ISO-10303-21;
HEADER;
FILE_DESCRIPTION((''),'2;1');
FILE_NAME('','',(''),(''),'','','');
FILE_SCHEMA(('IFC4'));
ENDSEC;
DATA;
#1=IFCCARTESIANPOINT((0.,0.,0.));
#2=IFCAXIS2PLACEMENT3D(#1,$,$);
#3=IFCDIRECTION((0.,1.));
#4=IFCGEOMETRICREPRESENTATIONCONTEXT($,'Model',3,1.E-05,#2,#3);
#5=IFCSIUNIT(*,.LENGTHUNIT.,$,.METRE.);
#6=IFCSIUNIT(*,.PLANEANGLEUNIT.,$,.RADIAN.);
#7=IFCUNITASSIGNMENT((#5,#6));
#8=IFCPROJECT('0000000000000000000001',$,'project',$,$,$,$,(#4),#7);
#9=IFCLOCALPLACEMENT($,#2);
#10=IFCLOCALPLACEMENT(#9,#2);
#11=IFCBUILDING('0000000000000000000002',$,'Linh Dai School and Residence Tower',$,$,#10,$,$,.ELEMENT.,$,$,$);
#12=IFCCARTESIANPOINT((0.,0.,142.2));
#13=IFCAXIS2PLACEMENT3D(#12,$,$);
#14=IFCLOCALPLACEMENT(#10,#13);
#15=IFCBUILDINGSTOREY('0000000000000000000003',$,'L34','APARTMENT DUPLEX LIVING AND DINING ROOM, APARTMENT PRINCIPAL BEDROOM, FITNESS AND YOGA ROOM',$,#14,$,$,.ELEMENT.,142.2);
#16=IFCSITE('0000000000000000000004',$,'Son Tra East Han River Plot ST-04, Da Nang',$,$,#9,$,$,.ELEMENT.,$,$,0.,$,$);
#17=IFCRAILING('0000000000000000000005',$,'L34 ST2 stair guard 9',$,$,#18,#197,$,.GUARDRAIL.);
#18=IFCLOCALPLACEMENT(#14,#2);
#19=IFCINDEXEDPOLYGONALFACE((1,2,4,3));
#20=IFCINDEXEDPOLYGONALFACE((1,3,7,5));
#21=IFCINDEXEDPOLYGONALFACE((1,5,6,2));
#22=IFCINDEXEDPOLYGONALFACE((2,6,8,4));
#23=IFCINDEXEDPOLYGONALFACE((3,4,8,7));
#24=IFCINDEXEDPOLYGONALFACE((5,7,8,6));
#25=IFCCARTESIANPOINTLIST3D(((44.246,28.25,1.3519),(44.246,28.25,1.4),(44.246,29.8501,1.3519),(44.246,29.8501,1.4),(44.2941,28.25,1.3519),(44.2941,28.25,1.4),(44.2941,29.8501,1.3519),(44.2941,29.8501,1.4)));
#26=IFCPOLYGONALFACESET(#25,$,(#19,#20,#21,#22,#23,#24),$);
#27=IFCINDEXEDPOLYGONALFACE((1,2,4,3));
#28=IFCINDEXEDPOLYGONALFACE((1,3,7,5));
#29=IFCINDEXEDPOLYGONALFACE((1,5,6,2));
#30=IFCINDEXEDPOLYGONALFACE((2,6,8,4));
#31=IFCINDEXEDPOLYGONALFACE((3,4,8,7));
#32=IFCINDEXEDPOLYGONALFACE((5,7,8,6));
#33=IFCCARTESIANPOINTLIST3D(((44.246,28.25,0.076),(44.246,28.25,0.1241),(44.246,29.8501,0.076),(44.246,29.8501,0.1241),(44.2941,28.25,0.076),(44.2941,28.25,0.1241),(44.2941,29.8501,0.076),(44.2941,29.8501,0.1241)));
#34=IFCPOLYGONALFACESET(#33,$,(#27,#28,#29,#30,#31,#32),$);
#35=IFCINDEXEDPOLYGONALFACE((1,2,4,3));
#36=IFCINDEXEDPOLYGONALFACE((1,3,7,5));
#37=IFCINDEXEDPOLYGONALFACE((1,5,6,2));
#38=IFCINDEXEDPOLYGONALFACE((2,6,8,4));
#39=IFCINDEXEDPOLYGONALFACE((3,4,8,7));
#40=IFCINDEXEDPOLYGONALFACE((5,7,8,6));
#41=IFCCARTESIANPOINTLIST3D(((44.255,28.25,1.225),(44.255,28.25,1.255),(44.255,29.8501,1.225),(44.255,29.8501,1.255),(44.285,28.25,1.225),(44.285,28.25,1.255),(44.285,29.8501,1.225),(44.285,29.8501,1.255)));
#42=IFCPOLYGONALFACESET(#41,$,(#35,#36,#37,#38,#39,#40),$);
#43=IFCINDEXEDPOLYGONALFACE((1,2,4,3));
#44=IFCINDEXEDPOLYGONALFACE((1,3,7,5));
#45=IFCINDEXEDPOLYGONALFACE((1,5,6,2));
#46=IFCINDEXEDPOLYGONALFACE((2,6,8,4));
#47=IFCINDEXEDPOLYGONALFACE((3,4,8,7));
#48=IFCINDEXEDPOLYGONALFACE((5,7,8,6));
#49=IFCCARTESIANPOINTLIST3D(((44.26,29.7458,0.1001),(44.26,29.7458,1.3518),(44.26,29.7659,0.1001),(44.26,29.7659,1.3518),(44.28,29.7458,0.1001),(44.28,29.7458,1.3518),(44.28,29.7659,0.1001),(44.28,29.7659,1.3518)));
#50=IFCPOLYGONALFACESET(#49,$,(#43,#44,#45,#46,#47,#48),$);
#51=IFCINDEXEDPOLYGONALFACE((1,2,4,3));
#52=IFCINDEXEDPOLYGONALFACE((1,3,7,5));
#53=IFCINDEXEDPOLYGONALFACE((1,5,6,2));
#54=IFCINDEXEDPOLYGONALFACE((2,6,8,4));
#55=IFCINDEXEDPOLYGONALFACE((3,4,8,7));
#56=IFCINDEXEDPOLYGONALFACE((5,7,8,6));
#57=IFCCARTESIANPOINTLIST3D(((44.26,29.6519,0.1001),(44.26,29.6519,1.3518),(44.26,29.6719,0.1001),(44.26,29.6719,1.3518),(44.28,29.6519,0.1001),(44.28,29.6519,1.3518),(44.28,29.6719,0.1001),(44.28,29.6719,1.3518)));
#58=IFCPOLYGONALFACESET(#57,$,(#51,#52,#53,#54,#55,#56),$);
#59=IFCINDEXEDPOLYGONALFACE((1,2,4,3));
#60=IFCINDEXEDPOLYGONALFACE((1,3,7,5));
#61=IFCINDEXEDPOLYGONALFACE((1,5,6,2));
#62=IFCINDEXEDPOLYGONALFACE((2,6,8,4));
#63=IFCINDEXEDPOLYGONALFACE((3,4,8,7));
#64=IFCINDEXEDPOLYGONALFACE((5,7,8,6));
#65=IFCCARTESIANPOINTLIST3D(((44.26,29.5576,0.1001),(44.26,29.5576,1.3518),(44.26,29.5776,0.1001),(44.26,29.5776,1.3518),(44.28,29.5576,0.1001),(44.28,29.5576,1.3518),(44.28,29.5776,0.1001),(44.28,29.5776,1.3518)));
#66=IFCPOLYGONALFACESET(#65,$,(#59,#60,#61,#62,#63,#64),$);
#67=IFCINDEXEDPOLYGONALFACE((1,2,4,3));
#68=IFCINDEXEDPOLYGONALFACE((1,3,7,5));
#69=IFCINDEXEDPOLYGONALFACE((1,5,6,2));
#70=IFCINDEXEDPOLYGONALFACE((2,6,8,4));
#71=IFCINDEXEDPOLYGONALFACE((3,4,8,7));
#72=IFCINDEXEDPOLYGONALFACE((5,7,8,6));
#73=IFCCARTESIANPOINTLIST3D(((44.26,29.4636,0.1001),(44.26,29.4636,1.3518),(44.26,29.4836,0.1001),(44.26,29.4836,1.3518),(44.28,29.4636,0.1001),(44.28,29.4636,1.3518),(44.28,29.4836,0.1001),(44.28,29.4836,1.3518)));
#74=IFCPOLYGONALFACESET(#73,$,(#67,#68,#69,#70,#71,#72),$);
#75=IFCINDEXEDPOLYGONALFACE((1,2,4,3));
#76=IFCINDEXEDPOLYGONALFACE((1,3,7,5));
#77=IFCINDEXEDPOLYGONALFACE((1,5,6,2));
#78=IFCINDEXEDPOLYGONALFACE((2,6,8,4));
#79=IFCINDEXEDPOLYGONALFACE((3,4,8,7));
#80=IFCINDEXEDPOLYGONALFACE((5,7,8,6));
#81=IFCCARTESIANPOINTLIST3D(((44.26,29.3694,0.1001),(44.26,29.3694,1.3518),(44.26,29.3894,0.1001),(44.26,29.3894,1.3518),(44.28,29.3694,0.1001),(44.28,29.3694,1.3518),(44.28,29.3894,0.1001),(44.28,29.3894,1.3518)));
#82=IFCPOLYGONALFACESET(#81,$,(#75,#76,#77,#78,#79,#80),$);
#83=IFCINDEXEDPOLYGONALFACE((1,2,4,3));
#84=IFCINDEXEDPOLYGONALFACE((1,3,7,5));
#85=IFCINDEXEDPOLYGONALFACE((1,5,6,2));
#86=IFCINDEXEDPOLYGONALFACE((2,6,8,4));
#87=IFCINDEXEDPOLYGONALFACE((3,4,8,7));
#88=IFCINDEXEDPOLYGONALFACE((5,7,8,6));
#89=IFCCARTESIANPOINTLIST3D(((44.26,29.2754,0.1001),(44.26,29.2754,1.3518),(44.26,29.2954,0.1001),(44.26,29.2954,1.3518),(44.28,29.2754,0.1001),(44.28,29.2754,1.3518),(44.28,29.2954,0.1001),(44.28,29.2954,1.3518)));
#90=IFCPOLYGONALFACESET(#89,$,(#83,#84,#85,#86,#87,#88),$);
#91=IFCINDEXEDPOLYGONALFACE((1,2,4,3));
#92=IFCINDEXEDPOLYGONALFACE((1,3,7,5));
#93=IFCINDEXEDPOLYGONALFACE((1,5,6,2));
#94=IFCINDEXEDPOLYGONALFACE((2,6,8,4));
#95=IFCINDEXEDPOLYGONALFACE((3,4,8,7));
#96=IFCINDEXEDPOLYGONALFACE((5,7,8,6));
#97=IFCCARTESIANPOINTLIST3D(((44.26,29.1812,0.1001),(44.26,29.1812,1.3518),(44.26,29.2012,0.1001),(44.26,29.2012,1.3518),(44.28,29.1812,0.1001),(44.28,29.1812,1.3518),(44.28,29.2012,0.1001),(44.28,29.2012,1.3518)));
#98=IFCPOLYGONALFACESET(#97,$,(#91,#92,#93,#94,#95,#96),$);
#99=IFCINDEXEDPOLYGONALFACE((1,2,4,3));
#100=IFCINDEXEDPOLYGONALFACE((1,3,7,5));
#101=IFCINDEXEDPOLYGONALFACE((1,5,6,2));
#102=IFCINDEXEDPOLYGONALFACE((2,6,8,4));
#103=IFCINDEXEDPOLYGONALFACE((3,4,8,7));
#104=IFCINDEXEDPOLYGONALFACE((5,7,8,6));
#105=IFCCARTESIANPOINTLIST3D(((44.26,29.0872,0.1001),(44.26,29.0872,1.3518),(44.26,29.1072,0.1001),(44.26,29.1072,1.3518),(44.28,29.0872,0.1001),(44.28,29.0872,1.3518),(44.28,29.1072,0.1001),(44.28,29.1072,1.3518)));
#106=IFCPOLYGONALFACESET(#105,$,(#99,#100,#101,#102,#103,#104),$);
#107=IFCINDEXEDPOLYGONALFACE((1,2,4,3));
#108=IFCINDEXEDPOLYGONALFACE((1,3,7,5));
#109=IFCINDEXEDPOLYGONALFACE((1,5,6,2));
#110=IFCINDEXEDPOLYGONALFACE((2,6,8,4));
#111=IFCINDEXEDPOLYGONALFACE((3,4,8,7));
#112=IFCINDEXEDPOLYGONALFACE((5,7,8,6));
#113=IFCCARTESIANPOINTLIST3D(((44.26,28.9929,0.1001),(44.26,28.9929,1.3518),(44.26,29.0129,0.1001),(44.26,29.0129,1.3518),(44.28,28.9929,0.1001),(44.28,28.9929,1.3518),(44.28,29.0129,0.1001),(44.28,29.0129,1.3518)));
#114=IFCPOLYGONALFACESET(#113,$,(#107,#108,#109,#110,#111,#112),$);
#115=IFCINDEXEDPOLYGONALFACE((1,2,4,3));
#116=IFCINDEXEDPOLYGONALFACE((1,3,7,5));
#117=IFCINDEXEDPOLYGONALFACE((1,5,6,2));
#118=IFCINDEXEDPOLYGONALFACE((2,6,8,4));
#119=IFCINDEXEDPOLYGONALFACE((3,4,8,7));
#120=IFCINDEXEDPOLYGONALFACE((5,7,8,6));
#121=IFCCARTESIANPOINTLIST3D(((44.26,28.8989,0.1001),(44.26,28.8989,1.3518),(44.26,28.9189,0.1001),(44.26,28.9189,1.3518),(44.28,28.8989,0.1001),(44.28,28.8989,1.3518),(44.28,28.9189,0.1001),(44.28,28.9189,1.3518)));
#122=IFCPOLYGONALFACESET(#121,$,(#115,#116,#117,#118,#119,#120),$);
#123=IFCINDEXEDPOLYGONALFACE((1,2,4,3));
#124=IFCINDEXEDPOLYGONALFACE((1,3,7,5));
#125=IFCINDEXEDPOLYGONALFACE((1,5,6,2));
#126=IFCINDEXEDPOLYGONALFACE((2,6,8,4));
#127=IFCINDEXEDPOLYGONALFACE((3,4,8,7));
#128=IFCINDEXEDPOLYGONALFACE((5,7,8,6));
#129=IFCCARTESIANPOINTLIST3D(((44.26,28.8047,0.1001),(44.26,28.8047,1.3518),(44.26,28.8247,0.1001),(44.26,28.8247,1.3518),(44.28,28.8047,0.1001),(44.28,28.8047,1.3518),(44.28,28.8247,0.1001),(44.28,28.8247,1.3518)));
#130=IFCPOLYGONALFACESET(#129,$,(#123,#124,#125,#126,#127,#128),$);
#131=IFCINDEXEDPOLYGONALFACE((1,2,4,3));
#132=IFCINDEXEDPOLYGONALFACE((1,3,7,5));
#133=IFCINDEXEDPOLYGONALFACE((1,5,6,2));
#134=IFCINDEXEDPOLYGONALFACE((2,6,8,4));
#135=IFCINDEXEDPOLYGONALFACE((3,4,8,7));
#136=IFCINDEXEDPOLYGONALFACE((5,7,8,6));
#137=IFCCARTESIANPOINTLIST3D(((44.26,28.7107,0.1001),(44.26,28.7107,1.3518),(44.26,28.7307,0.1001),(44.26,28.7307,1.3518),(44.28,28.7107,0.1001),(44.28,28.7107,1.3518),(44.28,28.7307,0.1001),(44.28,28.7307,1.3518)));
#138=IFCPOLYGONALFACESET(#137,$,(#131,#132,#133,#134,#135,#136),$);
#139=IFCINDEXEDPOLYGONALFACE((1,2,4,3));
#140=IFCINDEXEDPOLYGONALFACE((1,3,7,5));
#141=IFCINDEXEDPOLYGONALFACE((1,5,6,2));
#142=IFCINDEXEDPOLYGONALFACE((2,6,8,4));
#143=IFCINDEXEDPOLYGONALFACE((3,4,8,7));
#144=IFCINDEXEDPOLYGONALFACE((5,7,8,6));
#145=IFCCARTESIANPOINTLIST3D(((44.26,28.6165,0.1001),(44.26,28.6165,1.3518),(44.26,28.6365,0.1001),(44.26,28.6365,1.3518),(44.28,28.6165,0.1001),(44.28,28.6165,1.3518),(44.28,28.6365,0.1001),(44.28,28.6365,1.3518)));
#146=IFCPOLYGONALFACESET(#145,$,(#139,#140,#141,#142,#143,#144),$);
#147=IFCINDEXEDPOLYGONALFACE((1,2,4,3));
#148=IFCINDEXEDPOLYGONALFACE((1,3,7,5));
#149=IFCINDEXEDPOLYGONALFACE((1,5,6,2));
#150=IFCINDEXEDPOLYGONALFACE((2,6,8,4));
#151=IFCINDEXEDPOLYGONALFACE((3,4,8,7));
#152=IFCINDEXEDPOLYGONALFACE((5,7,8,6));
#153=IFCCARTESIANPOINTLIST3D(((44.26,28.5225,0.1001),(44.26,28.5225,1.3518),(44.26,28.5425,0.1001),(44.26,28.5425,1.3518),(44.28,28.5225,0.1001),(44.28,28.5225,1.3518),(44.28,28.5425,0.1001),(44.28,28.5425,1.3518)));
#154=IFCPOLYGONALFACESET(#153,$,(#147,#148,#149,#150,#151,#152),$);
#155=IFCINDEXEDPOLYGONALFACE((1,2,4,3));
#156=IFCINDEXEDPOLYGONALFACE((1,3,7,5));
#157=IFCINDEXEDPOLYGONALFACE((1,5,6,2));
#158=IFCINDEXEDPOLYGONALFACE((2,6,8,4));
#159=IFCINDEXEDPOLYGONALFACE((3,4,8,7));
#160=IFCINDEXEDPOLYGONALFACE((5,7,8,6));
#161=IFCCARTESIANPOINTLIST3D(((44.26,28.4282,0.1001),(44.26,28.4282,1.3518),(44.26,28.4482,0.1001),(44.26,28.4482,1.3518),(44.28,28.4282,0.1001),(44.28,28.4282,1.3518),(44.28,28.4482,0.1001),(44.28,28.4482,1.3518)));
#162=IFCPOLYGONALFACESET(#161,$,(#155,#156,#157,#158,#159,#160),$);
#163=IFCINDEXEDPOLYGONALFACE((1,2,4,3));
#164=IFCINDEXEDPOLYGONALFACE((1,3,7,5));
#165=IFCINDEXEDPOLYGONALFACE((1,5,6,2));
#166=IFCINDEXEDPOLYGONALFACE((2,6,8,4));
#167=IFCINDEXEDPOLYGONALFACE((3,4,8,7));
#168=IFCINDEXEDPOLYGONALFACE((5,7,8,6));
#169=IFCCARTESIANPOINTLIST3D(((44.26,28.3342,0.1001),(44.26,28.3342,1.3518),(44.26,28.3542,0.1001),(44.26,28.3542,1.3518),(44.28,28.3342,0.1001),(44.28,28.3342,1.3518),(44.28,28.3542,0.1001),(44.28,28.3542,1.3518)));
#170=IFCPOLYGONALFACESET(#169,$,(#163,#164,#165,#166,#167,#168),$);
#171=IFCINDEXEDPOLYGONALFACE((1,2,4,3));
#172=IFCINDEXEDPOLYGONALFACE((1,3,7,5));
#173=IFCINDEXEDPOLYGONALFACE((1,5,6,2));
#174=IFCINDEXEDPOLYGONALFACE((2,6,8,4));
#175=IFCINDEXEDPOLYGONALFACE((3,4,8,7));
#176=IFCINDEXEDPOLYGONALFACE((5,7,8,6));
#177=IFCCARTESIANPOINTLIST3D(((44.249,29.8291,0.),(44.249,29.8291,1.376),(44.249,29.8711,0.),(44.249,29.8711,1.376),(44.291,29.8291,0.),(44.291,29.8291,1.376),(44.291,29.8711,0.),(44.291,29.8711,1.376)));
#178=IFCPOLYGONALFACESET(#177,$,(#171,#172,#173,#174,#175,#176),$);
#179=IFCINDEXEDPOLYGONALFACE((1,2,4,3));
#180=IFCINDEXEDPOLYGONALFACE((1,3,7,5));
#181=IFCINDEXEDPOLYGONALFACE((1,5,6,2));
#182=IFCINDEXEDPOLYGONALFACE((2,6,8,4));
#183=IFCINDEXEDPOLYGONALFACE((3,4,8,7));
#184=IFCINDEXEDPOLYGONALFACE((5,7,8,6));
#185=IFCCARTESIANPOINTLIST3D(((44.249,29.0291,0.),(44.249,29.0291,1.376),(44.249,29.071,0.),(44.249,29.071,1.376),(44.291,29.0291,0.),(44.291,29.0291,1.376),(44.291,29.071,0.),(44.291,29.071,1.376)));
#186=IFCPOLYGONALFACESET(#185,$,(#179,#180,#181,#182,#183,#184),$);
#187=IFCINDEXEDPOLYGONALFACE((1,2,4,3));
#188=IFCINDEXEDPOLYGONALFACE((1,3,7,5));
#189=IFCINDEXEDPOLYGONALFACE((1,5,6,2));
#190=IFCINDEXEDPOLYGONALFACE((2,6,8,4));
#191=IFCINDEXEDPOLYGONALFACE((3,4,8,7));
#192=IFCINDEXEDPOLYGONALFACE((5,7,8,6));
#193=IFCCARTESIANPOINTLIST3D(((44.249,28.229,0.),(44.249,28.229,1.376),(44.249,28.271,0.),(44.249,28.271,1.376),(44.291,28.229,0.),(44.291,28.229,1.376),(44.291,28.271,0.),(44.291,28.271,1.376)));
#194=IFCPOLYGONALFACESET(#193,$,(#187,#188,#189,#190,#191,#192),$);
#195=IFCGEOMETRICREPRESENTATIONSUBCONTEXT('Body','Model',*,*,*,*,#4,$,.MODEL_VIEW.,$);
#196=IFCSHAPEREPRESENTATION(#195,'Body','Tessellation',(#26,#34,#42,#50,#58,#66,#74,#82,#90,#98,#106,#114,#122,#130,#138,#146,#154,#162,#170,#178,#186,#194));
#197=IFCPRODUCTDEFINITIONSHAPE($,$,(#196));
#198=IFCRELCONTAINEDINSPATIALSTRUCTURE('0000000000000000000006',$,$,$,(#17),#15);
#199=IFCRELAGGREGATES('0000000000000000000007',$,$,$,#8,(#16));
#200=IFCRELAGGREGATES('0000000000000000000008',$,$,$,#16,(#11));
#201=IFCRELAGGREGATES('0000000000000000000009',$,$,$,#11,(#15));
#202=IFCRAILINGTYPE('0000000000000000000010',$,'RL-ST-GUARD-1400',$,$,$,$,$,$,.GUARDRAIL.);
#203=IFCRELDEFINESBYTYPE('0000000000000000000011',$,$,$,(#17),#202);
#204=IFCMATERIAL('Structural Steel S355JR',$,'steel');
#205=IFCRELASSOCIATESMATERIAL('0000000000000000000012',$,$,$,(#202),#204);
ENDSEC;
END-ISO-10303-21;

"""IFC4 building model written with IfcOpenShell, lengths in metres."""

from ifc_helpers import new_model, si_unit, direction, frame, origin, origin_2d, place, context, subcontext, project, spatial, rectangle, extrude, source, transform, mapped, material, type_object, element, save


model = new_model("IFC4")

# Units and contexts
model_context = context("Model", 3, precision=1e-05, world=origin(), true_north=direction((0.0, 1.0)))
body_context = subcontext(model_context, "Body", "Model", "MODEL_VIEW")
ifc_project = project(units=[si_unit("LENGTHUNIT", "METRE"), si_unit("PLANEANGLEUNIT", "RADIAN")], contexts=[model_context])

# Site, building, storey
site_placement = place(None, origin())
site = spatial("IfcSite", under=ifc_project, at=site_placement, Name="Son Tra East Han River Plot ST-04, Da Nang", CompositionType="ELEMENT", RefElevation=0.0)
building_placement = place(site_placement, origin())
building = spatial("IfcBuilding", under=site, at=building_placement, Name="Linh Dai School and Residence Tower", CompositionType="ELEMENT")
storey_placement = place(building_placement, frame((0.0, 0.0, 142.2)))
storey = spatial("IfcBuildingStorey", under=building, at=storey_placement, Name="L34", Description="APARTMENT DUPLEX LIVING AND DINING ROOM, APARTMENT PRINCIPAL BEDROOM, FITNESS AND YOGA ROOM", CompositionType="ELEMENT", Elevation=142.2)

# Shared definitions
ifc_material_1 = material(Name="Structural Steel S355JR", Category="steel")

# Railing
railing_type_1 = type_object("IfcRailingType", Name="RL-ST-GUARD-1400", PredefinedType="GUARDRAIL", material=ifc_material_1)
shared_shape_1 = source(origin(), body_context, "Body", "SweptSolid", [
    extrude(rectangle(XDim=0.0481, YDim=0.0481, at=origin_2d()), frame((0.0, 0.0, 1.376), z_axis=(0.0, -1.0, 0.0), x_axis=(1.0, 0.0, 0.0)), (0.0, 0.0, 1.0), 1.6001),
    extrude(rectangle(XDim=0.0481, YDim=0.0481, at=origin_2d()), frame((0.0, 0.0, 0.1001), z_axis=(0.0, -1.0, 0.0), x_axis=(1.0, 0.0, 0.0)), (0.0, 0.0, 1.0), 1.6001),
    extrude(rectangle(XDim=0.03, YDim=0.03, at=origin_2d()), frame((0.0, 0.0, 1.24), z_axis=(0.0, -1.0, 0.0), x_axis=(1.0, 0.0, 0.0)), (0.0, 0.0, 1.0), 1.6001),
    extrude(rectangle(XDim=0.02, YDim=0.02, at=origin_2d()), frame((0.0, -0.0942, 0.1001)), (0.0, 0.0, 1.0), 1.2517),
    extrude(rectangle(XDim=0.02, YDim=0.02, at=origin_2d()), frame((0.0, -0.1882, 0.1001)), (0.0, 0.0, 1.0), 1.2517),
    extrude(rectangle(XDim=0.02, YDim=0.02, at=origin_2d()), frame((0.0, -0.2825, 0.1001)), (0.0, 0.0, 1.0), 1.2517),
    extrude(rectangle(XDim=0.02, YDim=0.02, at=origin_2d()), frame((0.0, -0.3765, 0.1001)), (0.0, 0.0, 1.0), 1.2517),
    extrude(rectangle(XDim=0.02, YDim=0.02, at=origin_2d()), frame((0.0, -0.4707, 0.1001)), (0.0, 0.0, 1.0), 1.2517),
    extrude(rectangle(XDim=0.02, YDim=0.02, at=origin_2d()), frame((0.0, -0.5647, 0.1001)), (0.0, 0.0, 1.0), 1.2517),
    extrude(rectangle(XDim=0.02, YDim=0.02, at=origin_2d()), frame((0.0, -0.6589, 0.1001)), (0.0, 0.0, 1.0), 1.2517),
    extrude(rectangle(XDim=0.02, YDim=0.02, at=origin_2d()), frame((0.0, -0.7529, 0.1001)), (0.0, 0.0, 1.0), 1.2517),
    extrude(rectangle(XDim=0.02, YDim=0.02, at=origin_2d()), frame((0.0, -0.8472, 0.1001)), (0.0, 0.0, 1.0), 1.2517),
    extrude(rectangle(XDim=0.02, YDim=0.02, at=origin_2d()), frame((0.0, -0.9412, 0.1001)), (0.0, 0.0, 1.0), 1.2517),
    extrude(rectangle(XDim=0.02, YDim=0.02, at=origin_2d()), frame((0.0, -1.0354, 0.1001)), (0.0, 0.0, 1.0), 1.2517),
    extrude(rectangle(XDim=0.02, YDim=0.02, at=origin_2d()), frame((0.0, -1.1294, 0.1001)), (0.0, 0.0, 1.0), 1.2517),
    extrude(rectangle(XDim=0.02, YDim=0.02, at=origin_2d()), frame((0.0, -1.2236, 0.1001)), (0.0, 0.0, 1.0), 1.2517),
    extrude(rectangle(XDim=0.02, YDim=0.02, at=origin_2d()), frame((0.0, -1.3176, 0.1001)), (0.0, 0.0, 1.0), 1.2517),
    extrude(rectangle(XDim=0.02, YDim=0.02, at=origin_2d()), frame((0.0, -1.4119, 0.1001)), (0.0, 0.0, 1.0), 1.2517),
    extrude(rectangle(XDim=0.02, YDim=0.02, at=origin_2d()), frame((0.0, -1.5059, 0.1001)), (0.0, 0.0, 1.0), 1.2517),
    extrude(rectangle(XDim=0.042, YDim=0.042, at=origin_2d()), origin(), (0.0, 0.0, 1.0), 1.376),
    extrude(rectangle(XDim=0.042, YDim=0.042, at=origin_2d()), frame((0.0, -0.8, 0.0)), (0.0, 0.0, 1.0), 1.376),
    extrude(rectangle(XDim=0.042, YDim=0.042, at=origin_2d()), frame((0.0, -1.6001, 0.0)), (0.0, 0.0, 1.0), 1.376),
])
for number, where, name in (
    (1, (44.27, 29.8501, 0.0), "L34 ST2 stair guard 9"),
):
    element("IfcRailing", number, at=place(storey_placement, frame(where)), inside=storey, type_object=railing_type_1, Name=name, PredefinedType="GUARDRAIL", context=body_context, shape_type="MappedRepresentation", body=[
        mapped(shared_shape_1, transform((0.0, 0.0, 0.0), x_axis=(1.0, 0.0, 0.0), y_axis=(0.0, 1.0, 0.0), z_axis=(0.0, 0.0, 1.0), scale=1.0)),
    ])

save(model, "model.ifc")
